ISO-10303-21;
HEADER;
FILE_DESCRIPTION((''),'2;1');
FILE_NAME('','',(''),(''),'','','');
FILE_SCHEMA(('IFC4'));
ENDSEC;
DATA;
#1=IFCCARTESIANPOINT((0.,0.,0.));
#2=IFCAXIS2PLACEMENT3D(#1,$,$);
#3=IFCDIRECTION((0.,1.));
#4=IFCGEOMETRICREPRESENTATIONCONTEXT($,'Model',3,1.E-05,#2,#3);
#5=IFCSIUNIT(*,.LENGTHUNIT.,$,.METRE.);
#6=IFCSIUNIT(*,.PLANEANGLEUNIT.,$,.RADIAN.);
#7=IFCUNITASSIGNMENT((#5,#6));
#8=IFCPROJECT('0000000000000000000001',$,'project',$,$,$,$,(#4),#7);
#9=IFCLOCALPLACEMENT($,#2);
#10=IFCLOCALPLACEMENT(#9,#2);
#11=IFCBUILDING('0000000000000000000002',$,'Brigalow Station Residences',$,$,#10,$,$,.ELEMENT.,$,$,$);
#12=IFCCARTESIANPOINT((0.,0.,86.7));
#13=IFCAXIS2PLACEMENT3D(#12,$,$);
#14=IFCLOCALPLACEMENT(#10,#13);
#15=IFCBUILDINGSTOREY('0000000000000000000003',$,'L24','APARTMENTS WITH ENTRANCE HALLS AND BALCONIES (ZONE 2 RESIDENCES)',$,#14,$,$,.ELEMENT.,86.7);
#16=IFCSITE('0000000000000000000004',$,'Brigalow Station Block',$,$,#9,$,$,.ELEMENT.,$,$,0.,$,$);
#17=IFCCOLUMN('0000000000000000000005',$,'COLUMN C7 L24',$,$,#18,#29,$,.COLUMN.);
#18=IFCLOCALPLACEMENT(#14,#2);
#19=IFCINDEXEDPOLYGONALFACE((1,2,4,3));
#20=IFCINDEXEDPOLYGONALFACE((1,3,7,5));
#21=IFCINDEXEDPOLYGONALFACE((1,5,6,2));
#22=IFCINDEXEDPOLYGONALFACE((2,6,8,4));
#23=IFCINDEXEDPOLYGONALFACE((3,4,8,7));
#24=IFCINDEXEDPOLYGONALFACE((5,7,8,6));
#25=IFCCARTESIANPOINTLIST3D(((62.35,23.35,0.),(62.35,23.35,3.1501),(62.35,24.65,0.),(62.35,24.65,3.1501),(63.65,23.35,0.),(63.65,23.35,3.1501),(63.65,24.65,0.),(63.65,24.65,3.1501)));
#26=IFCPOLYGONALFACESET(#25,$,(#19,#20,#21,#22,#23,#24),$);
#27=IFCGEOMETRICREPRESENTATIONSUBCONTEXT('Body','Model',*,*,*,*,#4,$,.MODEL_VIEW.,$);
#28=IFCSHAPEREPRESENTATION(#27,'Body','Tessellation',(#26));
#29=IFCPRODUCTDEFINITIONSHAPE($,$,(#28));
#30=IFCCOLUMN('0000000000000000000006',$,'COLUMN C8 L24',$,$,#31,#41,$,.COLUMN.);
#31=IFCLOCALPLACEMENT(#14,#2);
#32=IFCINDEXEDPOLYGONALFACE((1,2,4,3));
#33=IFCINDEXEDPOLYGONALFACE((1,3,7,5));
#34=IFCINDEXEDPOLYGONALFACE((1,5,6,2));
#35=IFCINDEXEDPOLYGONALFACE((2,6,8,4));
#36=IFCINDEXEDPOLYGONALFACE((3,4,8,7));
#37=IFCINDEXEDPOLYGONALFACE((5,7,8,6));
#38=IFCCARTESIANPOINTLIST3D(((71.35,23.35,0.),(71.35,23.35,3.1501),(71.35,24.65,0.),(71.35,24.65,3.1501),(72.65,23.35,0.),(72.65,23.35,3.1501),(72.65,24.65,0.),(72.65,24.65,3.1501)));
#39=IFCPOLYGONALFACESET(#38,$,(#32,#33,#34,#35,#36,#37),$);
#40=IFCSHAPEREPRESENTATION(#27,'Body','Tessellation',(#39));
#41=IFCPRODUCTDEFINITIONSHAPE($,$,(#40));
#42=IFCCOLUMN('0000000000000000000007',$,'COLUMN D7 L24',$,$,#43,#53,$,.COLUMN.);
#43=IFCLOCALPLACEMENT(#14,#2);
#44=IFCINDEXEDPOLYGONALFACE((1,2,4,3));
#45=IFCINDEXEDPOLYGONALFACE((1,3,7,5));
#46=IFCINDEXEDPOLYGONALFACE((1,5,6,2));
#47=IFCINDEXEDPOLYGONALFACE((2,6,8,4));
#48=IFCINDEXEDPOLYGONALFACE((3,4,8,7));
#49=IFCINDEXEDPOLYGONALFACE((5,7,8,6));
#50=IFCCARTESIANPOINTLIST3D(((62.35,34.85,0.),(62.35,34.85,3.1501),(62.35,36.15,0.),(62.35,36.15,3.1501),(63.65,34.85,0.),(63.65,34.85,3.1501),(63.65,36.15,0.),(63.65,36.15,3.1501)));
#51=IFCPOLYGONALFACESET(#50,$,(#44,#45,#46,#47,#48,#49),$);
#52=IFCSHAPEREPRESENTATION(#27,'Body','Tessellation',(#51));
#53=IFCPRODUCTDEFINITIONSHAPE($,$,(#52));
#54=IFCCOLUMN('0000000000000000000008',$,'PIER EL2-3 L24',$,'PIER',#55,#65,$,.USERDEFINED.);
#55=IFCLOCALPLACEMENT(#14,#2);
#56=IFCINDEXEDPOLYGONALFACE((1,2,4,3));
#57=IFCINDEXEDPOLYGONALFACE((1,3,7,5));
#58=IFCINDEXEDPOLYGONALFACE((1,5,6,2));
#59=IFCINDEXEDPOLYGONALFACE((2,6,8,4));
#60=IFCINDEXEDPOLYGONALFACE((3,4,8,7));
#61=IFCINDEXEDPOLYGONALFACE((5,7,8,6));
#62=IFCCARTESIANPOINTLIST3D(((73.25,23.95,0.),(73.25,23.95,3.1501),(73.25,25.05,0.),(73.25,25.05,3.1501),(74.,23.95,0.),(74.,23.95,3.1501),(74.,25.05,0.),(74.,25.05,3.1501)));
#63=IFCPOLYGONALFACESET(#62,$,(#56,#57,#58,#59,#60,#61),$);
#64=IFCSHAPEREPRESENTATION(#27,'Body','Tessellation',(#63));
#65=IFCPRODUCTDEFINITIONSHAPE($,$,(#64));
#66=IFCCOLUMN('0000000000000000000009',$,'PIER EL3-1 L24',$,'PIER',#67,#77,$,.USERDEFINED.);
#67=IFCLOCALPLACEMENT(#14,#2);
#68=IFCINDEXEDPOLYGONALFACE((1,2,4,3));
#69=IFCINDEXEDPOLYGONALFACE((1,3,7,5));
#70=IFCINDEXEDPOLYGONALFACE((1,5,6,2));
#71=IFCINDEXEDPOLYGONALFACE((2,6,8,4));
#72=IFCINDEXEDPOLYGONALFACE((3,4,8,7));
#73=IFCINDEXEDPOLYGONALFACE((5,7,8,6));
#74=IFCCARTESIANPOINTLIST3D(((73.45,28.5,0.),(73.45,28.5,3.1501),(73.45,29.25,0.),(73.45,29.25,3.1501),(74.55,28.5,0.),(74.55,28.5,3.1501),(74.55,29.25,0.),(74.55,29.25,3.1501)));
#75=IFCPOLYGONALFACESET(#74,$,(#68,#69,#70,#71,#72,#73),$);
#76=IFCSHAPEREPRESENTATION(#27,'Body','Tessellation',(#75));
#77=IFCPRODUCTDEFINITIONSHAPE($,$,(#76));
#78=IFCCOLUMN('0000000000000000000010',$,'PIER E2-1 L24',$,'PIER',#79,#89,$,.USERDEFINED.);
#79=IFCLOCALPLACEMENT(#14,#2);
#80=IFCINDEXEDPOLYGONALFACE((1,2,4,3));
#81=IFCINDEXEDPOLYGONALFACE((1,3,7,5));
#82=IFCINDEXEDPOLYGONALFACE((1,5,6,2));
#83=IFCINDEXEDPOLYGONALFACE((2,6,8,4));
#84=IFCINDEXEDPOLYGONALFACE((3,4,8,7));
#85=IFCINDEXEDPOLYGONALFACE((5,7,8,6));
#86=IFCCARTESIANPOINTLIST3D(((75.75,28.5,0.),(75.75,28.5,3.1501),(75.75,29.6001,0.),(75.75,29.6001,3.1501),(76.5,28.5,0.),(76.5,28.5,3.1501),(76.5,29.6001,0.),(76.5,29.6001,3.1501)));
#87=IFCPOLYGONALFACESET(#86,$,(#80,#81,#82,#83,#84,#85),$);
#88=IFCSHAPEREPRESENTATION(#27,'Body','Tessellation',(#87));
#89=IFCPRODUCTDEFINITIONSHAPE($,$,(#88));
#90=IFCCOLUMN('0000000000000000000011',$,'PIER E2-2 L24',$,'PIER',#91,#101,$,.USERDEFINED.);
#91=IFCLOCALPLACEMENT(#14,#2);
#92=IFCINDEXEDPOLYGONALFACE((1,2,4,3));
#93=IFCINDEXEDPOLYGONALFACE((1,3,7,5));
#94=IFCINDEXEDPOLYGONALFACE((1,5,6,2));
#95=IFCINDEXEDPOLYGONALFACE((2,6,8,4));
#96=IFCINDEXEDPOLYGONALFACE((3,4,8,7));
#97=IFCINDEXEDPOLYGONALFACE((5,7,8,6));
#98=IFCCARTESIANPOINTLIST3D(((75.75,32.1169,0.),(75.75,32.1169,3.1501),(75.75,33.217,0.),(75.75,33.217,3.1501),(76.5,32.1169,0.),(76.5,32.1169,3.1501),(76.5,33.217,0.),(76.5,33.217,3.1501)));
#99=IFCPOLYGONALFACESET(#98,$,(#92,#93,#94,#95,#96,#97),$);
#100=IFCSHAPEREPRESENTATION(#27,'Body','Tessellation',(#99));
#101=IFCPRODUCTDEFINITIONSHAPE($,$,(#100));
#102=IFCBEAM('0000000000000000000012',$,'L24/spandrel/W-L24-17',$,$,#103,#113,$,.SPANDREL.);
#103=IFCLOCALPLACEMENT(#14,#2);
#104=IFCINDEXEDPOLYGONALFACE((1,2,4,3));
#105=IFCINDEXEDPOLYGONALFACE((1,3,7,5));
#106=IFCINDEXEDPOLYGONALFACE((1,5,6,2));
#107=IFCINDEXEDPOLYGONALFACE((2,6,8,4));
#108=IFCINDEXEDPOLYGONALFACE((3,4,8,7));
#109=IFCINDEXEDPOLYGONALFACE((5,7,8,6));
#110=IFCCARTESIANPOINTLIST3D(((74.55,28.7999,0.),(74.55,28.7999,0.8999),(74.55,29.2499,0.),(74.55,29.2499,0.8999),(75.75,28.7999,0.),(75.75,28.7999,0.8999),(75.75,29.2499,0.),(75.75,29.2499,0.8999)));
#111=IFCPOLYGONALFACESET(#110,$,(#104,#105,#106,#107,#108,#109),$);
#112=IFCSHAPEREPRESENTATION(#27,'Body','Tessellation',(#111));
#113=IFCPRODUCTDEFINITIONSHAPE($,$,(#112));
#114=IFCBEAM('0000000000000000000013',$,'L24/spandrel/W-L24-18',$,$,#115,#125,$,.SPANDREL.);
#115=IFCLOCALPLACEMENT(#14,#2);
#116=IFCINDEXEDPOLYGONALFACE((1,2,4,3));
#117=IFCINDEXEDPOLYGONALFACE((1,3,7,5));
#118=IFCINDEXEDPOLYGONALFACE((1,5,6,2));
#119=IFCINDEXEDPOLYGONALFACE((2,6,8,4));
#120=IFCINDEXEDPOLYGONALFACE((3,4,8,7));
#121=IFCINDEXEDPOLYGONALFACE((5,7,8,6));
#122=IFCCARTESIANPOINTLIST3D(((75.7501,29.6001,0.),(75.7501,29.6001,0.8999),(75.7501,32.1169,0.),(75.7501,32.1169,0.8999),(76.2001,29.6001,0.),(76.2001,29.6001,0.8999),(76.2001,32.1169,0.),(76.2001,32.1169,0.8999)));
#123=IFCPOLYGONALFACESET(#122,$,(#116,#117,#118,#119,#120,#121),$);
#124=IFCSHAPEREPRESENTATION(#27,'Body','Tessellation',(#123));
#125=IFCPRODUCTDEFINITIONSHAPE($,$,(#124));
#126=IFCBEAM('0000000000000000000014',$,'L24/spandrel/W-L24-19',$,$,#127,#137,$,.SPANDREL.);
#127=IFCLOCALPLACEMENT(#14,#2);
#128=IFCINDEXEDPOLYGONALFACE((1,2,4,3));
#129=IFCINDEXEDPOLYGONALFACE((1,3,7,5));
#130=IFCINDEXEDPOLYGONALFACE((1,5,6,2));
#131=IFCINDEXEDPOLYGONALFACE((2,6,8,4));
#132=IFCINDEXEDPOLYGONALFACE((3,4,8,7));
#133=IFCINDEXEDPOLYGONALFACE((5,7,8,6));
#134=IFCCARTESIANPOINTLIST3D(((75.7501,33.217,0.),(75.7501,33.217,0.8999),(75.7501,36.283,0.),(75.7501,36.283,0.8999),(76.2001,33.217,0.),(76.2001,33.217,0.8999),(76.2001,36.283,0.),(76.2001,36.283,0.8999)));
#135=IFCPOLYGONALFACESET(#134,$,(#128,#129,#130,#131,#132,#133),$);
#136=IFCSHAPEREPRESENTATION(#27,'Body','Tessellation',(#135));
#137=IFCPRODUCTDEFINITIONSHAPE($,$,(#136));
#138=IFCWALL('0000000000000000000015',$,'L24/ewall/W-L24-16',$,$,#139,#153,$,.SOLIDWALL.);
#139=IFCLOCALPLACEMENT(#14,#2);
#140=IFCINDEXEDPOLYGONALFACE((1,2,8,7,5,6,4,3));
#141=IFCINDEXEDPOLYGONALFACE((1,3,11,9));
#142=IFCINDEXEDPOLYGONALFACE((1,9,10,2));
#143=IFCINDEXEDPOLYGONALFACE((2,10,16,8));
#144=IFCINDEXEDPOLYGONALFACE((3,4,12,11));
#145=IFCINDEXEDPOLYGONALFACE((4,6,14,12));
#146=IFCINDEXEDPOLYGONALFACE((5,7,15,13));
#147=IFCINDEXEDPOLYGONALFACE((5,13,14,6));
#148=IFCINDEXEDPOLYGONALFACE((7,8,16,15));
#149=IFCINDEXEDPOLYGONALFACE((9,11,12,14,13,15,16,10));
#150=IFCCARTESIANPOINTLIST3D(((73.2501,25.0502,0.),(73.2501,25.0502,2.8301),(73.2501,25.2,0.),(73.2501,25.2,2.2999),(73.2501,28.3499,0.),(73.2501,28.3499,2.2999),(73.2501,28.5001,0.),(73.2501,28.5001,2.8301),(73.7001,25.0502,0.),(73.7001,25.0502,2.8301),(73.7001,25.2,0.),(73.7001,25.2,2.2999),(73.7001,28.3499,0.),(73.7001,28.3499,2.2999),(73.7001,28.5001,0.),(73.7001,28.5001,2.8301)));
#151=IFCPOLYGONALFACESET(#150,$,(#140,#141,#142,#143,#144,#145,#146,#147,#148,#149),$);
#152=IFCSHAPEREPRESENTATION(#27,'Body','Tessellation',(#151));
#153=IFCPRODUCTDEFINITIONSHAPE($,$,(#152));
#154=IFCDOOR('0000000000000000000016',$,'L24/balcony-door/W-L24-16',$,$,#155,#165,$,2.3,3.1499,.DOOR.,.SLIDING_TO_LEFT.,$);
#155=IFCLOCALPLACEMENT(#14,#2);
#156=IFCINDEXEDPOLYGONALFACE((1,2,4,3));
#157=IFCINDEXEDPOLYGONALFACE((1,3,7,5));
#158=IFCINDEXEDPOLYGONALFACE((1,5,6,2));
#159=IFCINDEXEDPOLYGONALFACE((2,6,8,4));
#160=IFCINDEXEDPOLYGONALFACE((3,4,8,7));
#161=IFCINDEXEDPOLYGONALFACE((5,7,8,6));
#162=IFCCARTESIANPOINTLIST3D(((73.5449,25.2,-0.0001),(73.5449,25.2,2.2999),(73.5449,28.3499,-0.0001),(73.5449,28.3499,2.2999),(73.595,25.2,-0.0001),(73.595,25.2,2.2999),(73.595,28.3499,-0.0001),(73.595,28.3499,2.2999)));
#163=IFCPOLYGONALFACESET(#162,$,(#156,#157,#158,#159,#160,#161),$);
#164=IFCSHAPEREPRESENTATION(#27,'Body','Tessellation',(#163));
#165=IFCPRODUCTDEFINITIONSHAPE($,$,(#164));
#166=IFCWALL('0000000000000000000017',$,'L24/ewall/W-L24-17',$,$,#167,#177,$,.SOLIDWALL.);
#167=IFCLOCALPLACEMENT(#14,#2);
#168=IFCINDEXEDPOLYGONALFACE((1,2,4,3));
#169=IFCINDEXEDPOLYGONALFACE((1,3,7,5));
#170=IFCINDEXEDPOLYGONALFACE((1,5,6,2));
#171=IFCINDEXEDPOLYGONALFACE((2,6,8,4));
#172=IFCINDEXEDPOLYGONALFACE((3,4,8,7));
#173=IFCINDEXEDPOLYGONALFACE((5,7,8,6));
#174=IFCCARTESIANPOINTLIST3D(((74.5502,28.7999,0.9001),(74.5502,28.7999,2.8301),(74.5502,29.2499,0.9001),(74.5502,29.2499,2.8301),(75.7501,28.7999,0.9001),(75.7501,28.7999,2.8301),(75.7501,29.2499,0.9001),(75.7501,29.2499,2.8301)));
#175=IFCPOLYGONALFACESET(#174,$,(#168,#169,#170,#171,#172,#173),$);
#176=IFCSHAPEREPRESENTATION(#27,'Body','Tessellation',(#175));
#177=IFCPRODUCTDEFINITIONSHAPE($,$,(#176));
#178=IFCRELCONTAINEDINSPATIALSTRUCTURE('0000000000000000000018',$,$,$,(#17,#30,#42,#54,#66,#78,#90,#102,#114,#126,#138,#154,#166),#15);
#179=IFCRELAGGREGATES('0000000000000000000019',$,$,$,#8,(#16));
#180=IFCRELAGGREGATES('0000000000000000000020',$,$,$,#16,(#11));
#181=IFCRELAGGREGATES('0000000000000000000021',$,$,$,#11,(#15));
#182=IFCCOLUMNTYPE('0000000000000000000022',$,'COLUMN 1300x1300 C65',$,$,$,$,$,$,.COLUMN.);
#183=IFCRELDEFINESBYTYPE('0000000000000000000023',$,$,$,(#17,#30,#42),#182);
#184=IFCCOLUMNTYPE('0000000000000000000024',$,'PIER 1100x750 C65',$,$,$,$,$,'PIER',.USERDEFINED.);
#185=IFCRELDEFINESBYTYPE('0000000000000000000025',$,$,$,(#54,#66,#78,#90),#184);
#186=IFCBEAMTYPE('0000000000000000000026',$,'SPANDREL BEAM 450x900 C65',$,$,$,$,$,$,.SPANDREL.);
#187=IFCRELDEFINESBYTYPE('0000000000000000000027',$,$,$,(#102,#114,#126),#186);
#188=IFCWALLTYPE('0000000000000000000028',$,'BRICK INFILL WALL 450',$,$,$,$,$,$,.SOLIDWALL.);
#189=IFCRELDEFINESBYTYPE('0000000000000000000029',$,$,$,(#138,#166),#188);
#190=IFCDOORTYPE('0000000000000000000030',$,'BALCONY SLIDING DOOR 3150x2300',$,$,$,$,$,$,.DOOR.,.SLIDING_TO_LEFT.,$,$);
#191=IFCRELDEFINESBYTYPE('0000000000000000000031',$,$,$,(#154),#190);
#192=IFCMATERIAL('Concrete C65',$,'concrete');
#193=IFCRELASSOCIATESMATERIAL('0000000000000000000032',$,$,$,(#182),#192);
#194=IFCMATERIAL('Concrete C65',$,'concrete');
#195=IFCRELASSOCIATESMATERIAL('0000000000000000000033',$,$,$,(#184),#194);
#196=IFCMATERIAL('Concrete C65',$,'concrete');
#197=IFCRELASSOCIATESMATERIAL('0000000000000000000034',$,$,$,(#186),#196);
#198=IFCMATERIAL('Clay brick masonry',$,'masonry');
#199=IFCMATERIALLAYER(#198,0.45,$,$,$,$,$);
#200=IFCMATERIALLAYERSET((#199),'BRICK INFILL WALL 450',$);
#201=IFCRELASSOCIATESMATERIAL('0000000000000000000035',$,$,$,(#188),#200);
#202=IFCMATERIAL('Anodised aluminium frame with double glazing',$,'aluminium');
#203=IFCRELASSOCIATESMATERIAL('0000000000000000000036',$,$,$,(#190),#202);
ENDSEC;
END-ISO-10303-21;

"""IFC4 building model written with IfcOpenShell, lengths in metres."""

from ifc_helpers import new_model, si_unit, direction, frame, frame_2d, origin, origin_2d, place, context, subcontext, project, spatial, rectangle, extrude, material, layer, layer_set, material_profile, profile_set, type_object, element, fill, save


model = new_model("IFC4")

# Units and contexts
model_context = context("Model", 3, precision=1e-05, world=origin(), true_north=direction((0.0, 1.0)))
body_context = subcontext(model_context, "Body", "Model", "MODEL_VIEW")
ifc_project = project(units=[si_unit("LENGTHUNIT", "METRE"), si_unit("PLANEANGLEUNIT", "RADIAN")], contexts=[model_context])

# Site, building, storey
site_placement = place(None, origin())
site = spatial("IfcSite", under=ifc_project, at=site_placement, Name="Brigalow Station Block", CompositionType="ELEMENT", RefElevation=0.0)
building_placement = place(site_placement, origin())
building = spatial("IfcBuilding", under=site, at=building_placement, Name="Brigalow Station Residences", CompositionType="ELEMENT")
storey_placement = place(building_placement, frame((0.0, 0.0, 86.7)))
storey = spatial("IfcBuildingStorey", under=building, at=storey_placement, Name="L24", Description="APARTMENTS WITH ENTRANCE HALLS AND BALCONIES (ZONE 2 RESIDENCES)", CompositionType="ELEMENT", Elevation=86.7)

# Columns
ifc_material_1 = material(Name="Concrete C65", Category="concrete")
ifc_material_profile_1 = material_profile(ifc_material_1, rectangle(XDim=1.3, YDim=1.3, at=origin_2d()), Name="RC1300x1300")
ifc_profile_set_1 = profile_set([ifc_material_profile_1], Name="Concrete C65")
column_type_1 = type_object("IfcColumnType", Name="COLUMN 1300x1300 C65", PredefinedType="COLUMN", material=ifc_profile_set_1)
for number, where, z_axis, x_axis, name in (
    (1, (63.0, 24.0, 0.0), (0.0, 0.0, 1.0), (1.0, 0.0, 0.0), "COLUMN C7 L24"),
    (2, (72.0, 24.0, 0.0), (0.0, 0.0, 1.0), (1.0, 0.0, 0.0), "COLUMN C8 L24"),
    (3, (63.0, 35.5, 0.0), (0.0, 0.0, 1.0), (1.0, 0.0, 0.0), "COLUMN D7 L24"),
):
    element("IfcColumn", number, at=place(storey_placement, frame(where, z_axis=z_axis, x_axis=x_axis)), inside=storey, type_object=column_type_1, Name=name, PredefinedType="COLUMN", context=body_context, shape_type="SweptSolid", body=[
        extrude(rectangle(XDim=1.3, YDim=1.3, at=origin_2d()), origin(), (0.0, 0.0, 1.0), 3.1501),
    ])
ifc_material_2 = material(Name="Concrete C65", Category="concrete")
ifc_material_profile_2 = material_profile(ifc_material_2, rectangle(XDim=1.1001, YDim=0.75, at=origin_2d()), Name="RC1100x750")
ifc_profile_set_2 = profile_set([ifc_material_profile_2], Name="Concrete C65")
column_type_2 = type_object("IfcColumnType", Name="PIER 1100x750 C65", ElementType="PIER", PredefinedType="USERDEFINED", material=ifc_profile_set_2)
for number, where, z_axis, x_axis, name in (
    (4, (73.625, 24.5, 0.0), (0.0, 0.0, 1.0), (0.0, 1.0, 0.0), "PIER EL2-3 L24"),
    (5, (74.0, 28.875, 0.0), (0.0, 0.0, 1.0), (1.0, 0.0, 0.0), "PIER EL3-1 L24"),
    (6, (76.125, 29.05, 0.0), (0.0, 0.0, 1.0), (0.0, 1.0, 0.0), "PIER E2-1 L24"),
    (7, (76.125, 32.667, 0.0), (0.0, 0.0, 1.0), (0.0, 1.0, 0.0), "PIER E2-2 L24"),
):
    element("IfcColumn", number, at=place(storey_placement, frame(where, z_axis=z_axis, x_axis=x_axis)), inside=storey, type_object=column_type_2, Name=name, ObjectType="PIER", PredefinedType="USERDEFINED", context=body_context, shape_type="SweptSolid", body=[
        extrude(rectangle(XDim=1.1001, YDim=0.75, at=origin_2d()), origin(), (0.0, 0.0, 1.0), 3.1501),
    ])

# Beams
ifc_material_3 = material(Name="Concrete C65", Category="concrete")
ifc_material_profile_3 = material_profile(ifc_material_3, rectangle(XDim=0.45, YDim=0.8999, at=origin_2d()), Name="RC450x900")
ifc_profile_set_3 = profile_set([ifc_material_profile_3], Name="Concrete C65")
beam_type = type_object("IfcBeamType", Name="SPANDREL BEAM 450x900 C65", PredefinedType="SPANDREL", material=ifc_profile_set_3)
beam_1_placement = place(storey_placement, frame((74.55, 29.0249, 0.45), z_axis=(1.0, 0.0, 0.0), x_axis=(0.0, 1.0, 0.0)))
element("IfcBeam", 8, at=beam_1_placement, inside=storey, type_object=beam_type, Name="L24/spandrel/W-L24-17", PredefinedType="SPANDREL", context=body_context, shape_type="SweptSolid", body=[
    extrude(rectangle(XDim=0.45, YDim=0.8999, at=origin_2d()), origin(), (0.0, 0.0, 1.0), 1.2),
])
beam_2_placement = place(storey_placement, frame((75.9751, 29.6001, 0.45), z_axis=(0.0, 1.0, 0.0), x_axis=(-1.0, 0.0, 0.0)))
element("IfcBeam", 9, at=beam_2_placement, inside=storey, type_object=beam_type, Name="L24/spandrel/W-L24-18", PredefinedType="SPANDREL", context=body_context, shape_type="SweptSolid", body=[
    extrude(rectangle(XDim=0.45, YDim=0.8999, at=origin_2d()), origin(), (0.0, 0.0, 1.0), 2.5168),
])
beam_3_placement = place(storey_placement, frame((75.9751, 33.217, 0.45), z_axis=(0.0, 1.0, 0.0), x_axis=(-1.0, 0.0, 0.0)))
element("IfcBeam", 10, at=beam_3_placement, inside=storey, type_object=beam_type, Name="L24/spandrel/W-L24-19", PredefinedType="SPANDREL", context=body_context, shape_type="SweptSolid", body=[
    extrude(rectangle(XDim=0.45, YDim=0.8999, at=origin_2d()), origin(), (0.0, 0.0, 1.0), 3.0659),
])

# Wall, opening, door
ifc_material_4 = material(Name="Clay brick masonry", Category="masonry")
ifc_layer_1 = layer(ifc_material_4, 0.45)
ifc_layer_set_1 = layer_set([ifc_layer_1], Name="BRICK INFILL WALL 450")
wall_type_1 = type_object("IfcWallType", Name="BRICK INFILL WALL 450", PredefinedType="SOLIDWALL", material=ifc_layer_set_1)
wall_1_placement = place(storey_placement, frame((73.4751, 25.05, 0.0), z_axis=(0.0, 0.0, 1.0), x_axis=(0.0, 1.0, 0.0)))
wall_1 = element("IfcWall", 11, at=wall_1_placement, inside=storey, type_object=wall_type_1, Name="L24/ewall/W-L24-16", PredefinedType="SOLIDWALL", context=body_context, shape_type="SweptSolid", body=[
    extrude(rectangle(XDim=3.45, YDim=0.45, at=frame_2d((1.7251, 0.0))), origin(), (0.0, 0.0, 1.0), 2.8301),
])
opening_1_placement = place(wall_1_placement, frame((0.1499, 0.0, 0.0)))
opening_1 = element("IfcOpeningElement", 12, at=opening_1_placement, cuts=wall_1, PredefinedType="OPENING", context=body_context, shape_type="SweptSolid", body=[
    extrude(rectangle(XDim=3.1499, YDim=2.3, at=frame_2d((1.575, 1.1499))), frame((0.0, 0.2349, 0.0), z_axis=(0.0, -1.0, 0.0), x_axis=(1.0, 0.0, 0.0)), (0.0, 0.0, 1.0), 0.47),
])
ifc_material_5 = material(Name="Anodised aluminium frame with double glazing", Category="aluminium")
door_type_1 = type_object("IfcDoorType", Name="BALCONY SLIDING DOOR 3150x2300", OperationType="SLIDING_TO_LEFT", PredefinedType="DOOR", material=ifc_material_5)
door_1_placement = place(opening_1_placement, origin())
door_1 = element("IfcDoor", 13, at=door_1_placement, inside=storey, type_object=door_type_1, Name="L24/balcony-door/W-L24-16", OperationType="SLIDING_TO_LEFT", OverallHeight=2.3, OverallWidth=3.1499, PredefinedType="DOOR", context=body_context, shape_type="SweptSolid", body=[
    extrude(rectangle(XDim=3.1499, YDim=2.3, at=frame_2d((1.575, 1.1499))), frame((0.0, -0.0698, 0.0), z_axis=(0.0, -1.0, 0.0), x_axis=(1.0, 0.0, 0.0)), (0.0, 0.0, 1.0), 0.05),
])
fill(opening_1, door_1)

# Wall
wall_2_placement = place(storey_placement, frame((74.55, 29.0249, 0.9001), z_axis=(0.0, 0.0, 1.0), x_axis=(1.0, 0.0, 0.0)))
element("IfcWall", 14, at=wall_2_placement, inside=storey, type_object=wall_type_1, Name="L24/ewall/W-L24-17", PredefinedType="SOLIDWALL", context=body_context, shape_type="SweptSolid", body=[
    extrude(rectangle(XDim=1.2, YDim=0.45, at=frame_2d((0.6001, 0.0))), origin(), (0.0, 0.0, 1.0), 1.9299),
])

save(model, "model.ifc")
